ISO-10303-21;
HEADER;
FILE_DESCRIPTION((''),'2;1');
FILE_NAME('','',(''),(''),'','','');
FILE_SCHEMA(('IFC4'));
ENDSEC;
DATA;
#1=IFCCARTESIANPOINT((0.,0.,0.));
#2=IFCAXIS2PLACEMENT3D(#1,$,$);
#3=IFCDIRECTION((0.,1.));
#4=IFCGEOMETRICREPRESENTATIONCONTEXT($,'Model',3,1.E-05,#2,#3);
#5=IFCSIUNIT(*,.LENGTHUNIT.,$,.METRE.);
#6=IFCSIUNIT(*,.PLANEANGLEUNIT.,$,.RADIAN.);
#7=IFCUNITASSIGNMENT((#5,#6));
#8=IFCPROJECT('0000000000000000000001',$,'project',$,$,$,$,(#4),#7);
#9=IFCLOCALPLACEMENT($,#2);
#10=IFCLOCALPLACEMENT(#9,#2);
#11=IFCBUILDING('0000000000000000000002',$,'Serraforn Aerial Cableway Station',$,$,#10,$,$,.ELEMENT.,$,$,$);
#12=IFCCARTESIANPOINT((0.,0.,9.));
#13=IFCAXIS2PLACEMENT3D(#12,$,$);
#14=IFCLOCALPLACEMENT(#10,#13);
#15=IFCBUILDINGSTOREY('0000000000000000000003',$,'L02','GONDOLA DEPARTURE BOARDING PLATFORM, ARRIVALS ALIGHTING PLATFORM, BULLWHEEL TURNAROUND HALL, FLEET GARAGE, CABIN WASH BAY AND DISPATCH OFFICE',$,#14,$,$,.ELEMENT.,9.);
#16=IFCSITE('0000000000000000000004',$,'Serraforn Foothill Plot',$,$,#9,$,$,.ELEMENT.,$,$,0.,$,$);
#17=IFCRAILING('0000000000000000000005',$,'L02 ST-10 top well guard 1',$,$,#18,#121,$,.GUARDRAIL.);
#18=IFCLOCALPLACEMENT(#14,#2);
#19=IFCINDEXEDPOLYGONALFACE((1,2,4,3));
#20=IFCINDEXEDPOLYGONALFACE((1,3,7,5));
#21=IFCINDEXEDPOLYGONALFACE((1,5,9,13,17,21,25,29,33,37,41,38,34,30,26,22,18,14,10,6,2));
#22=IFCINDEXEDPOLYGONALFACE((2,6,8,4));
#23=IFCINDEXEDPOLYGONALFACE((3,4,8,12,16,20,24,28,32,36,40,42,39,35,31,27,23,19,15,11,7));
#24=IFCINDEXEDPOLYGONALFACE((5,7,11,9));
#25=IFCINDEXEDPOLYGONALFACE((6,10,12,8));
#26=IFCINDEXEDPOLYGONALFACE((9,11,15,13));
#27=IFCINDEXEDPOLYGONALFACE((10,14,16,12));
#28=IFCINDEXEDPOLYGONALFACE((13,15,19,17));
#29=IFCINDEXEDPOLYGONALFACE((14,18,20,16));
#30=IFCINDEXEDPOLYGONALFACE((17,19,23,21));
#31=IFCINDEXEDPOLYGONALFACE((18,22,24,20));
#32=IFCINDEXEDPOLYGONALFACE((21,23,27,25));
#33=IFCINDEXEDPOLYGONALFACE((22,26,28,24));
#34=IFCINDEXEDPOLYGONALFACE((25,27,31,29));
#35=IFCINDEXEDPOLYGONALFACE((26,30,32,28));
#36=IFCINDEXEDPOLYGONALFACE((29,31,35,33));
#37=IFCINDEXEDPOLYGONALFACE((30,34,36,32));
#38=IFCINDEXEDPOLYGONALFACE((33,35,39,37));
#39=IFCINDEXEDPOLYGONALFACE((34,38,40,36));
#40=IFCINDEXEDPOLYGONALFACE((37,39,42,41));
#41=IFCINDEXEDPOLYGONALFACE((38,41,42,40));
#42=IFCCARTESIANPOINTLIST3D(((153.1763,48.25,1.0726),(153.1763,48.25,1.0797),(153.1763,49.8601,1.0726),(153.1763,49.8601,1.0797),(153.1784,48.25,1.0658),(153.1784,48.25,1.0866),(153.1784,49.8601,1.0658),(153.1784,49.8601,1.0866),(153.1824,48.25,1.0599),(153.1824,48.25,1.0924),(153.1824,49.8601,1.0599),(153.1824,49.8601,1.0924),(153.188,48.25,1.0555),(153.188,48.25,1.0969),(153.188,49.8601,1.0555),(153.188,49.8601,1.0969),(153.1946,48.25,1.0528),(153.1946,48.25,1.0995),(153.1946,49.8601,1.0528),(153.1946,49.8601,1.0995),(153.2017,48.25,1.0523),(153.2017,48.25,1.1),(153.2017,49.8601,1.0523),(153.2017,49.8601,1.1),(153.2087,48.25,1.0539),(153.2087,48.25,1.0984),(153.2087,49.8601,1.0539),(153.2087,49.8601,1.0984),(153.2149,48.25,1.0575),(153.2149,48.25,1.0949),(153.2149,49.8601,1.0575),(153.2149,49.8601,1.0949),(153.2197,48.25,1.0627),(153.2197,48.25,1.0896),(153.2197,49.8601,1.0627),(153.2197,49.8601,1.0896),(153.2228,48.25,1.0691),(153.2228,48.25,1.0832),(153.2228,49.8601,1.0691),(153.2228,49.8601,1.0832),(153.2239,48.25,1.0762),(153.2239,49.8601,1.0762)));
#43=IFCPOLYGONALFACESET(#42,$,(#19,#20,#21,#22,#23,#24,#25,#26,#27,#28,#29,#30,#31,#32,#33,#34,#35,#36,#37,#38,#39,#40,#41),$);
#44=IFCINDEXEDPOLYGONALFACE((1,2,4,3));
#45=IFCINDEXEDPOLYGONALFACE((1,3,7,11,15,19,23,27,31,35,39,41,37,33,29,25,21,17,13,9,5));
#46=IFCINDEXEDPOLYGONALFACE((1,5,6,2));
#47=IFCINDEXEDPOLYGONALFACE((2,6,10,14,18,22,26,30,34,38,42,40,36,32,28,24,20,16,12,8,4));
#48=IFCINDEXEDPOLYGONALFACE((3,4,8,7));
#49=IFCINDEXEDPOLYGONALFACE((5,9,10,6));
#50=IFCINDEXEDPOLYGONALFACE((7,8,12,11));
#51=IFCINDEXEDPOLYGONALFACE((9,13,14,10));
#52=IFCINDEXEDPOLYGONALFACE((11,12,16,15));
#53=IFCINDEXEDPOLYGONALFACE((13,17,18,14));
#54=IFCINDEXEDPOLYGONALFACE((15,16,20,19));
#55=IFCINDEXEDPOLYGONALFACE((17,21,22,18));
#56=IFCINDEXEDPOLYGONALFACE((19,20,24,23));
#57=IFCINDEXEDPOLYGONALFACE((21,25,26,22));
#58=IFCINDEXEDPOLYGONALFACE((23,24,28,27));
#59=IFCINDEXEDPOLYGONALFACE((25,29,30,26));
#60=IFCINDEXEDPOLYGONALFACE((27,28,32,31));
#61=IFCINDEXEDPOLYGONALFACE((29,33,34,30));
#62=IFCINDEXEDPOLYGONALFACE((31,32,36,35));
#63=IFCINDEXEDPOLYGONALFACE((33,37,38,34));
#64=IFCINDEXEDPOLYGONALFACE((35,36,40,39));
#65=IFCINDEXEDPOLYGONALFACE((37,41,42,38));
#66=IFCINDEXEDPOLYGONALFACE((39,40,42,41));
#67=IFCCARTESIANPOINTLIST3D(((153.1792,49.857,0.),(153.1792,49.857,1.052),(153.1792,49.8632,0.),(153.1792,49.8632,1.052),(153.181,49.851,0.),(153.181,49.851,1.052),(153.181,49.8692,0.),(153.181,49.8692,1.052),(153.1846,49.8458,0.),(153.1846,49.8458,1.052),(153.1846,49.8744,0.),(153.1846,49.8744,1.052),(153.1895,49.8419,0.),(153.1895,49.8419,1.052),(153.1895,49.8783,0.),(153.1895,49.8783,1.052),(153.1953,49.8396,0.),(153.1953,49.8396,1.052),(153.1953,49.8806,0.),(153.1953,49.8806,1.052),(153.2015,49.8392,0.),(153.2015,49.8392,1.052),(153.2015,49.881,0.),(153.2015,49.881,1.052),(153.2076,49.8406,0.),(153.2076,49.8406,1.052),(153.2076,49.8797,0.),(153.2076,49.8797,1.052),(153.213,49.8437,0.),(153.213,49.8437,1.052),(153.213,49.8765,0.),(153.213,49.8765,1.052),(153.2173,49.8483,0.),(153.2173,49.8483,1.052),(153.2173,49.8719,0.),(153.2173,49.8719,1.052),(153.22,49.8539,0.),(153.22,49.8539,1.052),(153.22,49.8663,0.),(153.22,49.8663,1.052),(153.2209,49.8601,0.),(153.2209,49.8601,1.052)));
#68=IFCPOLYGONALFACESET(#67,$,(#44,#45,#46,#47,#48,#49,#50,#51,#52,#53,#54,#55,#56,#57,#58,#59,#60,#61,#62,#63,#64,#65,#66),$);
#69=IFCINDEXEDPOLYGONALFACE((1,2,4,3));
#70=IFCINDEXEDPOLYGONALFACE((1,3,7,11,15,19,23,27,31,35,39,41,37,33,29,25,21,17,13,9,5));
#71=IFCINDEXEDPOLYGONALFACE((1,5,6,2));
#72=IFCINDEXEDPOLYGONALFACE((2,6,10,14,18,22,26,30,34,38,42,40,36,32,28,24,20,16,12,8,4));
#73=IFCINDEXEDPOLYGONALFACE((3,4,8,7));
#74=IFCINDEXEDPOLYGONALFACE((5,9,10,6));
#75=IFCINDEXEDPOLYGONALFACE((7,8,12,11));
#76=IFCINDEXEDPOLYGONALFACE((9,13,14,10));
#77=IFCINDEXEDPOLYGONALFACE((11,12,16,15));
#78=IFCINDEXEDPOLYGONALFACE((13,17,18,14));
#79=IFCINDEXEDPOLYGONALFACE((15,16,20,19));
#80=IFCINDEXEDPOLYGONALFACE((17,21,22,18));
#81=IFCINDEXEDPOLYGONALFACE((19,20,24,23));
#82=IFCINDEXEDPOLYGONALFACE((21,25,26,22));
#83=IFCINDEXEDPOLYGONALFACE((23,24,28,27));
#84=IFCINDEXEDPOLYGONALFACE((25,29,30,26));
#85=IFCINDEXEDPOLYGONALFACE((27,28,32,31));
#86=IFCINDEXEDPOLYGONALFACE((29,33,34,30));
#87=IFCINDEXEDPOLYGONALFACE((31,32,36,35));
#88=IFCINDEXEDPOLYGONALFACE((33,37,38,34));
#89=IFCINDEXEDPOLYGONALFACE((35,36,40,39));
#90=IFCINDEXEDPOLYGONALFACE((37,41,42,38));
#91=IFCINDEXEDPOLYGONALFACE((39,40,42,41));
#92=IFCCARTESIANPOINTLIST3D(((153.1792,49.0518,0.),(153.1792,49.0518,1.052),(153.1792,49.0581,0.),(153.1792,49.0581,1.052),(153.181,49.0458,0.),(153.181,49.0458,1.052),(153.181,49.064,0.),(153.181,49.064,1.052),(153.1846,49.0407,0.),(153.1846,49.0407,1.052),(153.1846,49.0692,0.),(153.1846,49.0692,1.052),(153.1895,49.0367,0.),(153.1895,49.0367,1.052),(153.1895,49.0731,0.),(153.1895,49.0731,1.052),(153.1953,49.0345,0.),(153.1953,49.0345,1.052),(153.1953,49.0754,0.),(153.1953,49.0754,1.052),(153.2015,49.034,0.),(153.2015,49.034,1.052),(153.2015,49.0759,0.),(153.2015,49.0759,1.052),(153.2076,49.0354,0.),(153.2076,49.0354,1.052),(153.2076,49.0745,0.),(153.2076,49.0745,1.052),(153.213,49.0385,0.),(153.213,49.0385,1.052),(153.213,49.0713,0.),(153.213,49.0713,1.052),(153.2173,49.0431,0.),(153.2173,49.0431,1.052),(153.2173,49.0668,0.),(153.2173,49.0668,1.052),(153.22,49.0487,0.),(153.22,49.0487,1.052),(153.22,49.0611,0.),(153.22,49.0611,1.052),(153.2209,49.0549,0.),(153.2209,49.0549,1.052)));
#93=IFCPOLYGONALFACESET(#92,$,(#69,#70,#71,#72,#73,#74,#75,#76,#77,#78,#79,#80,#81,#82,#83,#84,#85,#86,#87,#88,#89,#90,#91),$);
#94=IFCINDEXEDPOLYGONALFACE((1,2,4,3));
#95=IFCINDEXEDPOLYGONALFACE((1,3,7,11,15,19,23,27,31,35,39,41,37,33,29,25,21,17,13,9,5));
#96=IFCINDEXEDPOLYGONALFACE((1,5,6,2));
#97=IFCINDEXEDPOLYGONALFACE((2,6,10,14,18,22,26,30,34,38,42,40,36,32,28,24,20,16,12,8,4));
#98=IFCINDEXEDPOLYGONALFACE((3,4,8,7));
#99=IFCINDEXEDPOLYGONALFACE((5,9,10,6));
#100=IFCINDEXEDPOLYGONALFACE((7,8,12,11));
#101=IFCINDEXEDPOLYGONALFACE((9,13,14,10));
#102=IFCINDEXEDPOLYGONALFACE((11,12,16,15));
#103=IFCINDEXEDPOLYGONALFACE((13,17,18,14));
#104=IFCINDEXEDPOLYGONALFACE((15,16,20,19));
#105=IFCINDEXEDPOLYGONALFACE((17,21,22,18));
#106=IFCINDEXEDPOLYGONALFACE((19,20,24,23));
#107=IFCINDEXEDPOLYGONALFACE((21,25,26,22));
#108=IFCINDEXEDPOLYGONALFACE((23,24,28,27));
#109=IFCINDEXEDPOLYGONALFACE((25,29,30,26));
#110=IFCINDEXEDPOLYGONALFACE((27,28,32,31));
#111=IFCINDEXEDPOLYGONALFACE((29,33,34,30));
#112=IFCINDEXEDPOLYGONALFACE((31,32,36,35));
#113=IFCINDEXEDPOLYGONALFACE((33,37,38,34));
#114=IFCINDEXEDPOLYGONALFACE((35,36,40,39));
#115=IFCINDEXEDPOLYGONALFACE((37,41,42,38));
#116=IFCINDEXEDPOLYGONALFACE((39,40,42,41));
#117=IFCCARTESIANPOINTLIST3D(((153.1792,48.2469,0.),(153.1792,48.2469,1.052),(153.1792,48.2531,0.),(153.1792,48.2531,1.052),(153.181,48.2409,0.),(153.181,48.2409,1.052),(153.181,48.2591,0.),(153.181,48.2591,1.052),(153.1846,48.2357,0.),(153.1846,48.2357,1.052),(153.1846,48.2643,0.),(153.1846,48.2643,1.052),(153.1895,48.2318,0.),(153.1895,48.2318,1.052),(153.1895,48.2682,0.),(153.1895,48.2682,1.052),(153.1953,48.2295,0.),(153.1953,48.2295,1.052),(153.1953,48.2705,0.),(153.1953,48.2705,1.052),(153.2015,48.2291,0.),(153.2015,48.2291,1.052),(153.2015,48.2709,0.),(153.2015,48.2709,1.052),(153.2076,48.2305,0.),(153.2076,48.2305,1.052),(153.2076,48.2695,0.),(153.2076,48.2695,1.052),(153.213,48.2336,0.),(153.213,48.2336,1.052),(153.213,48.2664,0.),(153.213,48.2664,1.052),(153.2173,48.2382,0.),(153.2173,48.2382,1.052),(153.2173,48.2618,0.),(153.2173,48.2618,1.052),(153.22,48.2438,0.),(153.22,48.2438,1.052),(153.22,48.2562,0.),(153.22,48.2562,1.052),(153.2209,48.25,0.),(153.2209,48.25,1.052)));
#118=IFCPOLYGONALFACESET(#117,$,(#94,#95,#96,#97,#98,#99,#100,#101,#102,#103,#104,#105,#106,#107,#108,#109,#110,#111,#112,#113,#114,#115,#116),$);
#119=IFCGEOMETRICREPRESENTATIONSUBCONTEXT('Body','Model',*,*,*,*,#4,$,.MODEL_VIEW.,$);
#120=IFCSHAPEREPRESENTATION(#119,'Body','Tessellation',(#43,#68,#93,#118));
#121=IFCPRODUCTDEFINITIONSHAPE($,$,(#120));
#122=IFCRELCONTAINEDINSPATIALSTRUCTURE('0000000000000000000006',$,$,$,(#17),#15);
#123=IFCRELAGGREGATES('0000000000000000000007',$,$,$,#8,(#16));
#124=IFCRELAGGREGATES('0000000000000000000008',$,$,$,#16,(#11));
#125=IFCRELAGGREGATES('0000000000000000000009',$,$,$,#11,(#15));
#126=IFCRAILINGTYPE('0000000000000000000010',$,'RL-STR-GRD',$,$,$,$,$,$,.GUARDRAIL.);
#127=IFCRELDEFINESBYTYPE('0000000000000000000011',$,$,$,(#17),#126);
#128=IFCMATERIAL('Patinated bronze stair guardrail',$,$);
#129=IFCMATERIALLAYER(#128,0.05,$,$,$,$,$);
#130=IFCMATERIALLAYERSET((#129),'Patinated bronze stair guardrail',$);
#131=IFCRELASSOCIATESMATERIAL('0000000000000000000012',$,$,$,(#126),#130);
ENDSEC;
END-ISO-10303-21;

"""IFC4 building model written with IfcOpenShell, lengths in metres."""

from ifc_helpers import new_model, si_unit, direction, frame, origin, origin_2d, place, context, subcontext, project, spatial, circle, extrude, material, layer, layer_set, type_object, element, save


model = new_model("IFC4")

# Units and contexts
model_context = context("Model", 3, precision=1e-05, world=origin(), true_north=direction((0.0, 1.0)))
body_context = subcontext(model_context, "Body", "Model", "MODEL_VIEW")
ifc_project = project(units=[si_unit("LENGTHUNIT", "METRE"), si_unit("PLANEANGLEUNIT", "RADIAN")], contexts=[model_context])

# Site, building, storey
site_placement = place(None, origin())
site = spatial("IfcSite", under=ifc_project, at=site_placement, Name="Serraforn Foothill Plot", CompositionType="ELEMENT", RefElevation=0.0)
building_placement = place(site_placement, origin())
building = spatial("IfcBuilding", under=site, at=building_placement, Name="Serraforn Aerial Cableway Station", CompositionType="ELEMENT")
storey_placement = place(building_placement, frame((0.0, 0.0, 9.0)))
storey = spatial("IfcBuildingStorey", under=building, at=storey_placement, Name="L02", Description="GONDOLA DEPARTURE BOARDING PLATFORM, ARRIVALS ALIGHTING PLATFORM, BULLWHEEL TURNAROUND HALL, FLEET GARAGE, CABIN WASH BAY AND DISPATCH OFFICE", CompositionType="ELEMENT", Elevation=9.0)

# Railing
ifc_material_1 = material(Name="Patinated bronze stair guardrail")
ifc_layer_1 = layer(ifc_material_1, 0.05)
ifc_layer_set_1 = layer_set([ifc_layer_1], Name="Patinated bronze stair guardrail")
railing_type = type_object("IfcRailingType", Name="RL-STR-GRD", PredefinedType="GUARDRAIL", material=ifc_layer_set_1)
railing_placement = place(storey_placement, frame((153.2, 49.8601, 0.0)))
element("IfcRailing", 1, at=railing_placement, inside=storey, type_object=railing_type, Name="L02 ST-10 top well guard 1", PredefinedType="GUARDRAIL", context=body_context, shape_type="SweptSolid", body=[
    extrude(circle(Radius=0.0239, at=origin_2d()), frame((0.0, 0.0, 1.0762), z_axis=(0.0, -1.0, 0.0), x_axis=(1.0, 0.0, 0.0)), (0.0, 0.0, 1.0), 1.6101),
    extrude(circle(Radius=0.021, at=origin_2d()), origin(), (0.0, 0.0, 1.0), 1.052),
    extrude(circle(Radius=0.021, at=origin_2d()), frame((0.0, -0.8052, 0.0)), (0.0, 0.0, 1.0), 1.052),
    extrude(circle(Radius=0.021, at=origin_2d()), frame((0.0, -1.6101, 0.0)), (0.0, 0.0, 1.0), 1.052),
])

save(model, "model.ifc")
